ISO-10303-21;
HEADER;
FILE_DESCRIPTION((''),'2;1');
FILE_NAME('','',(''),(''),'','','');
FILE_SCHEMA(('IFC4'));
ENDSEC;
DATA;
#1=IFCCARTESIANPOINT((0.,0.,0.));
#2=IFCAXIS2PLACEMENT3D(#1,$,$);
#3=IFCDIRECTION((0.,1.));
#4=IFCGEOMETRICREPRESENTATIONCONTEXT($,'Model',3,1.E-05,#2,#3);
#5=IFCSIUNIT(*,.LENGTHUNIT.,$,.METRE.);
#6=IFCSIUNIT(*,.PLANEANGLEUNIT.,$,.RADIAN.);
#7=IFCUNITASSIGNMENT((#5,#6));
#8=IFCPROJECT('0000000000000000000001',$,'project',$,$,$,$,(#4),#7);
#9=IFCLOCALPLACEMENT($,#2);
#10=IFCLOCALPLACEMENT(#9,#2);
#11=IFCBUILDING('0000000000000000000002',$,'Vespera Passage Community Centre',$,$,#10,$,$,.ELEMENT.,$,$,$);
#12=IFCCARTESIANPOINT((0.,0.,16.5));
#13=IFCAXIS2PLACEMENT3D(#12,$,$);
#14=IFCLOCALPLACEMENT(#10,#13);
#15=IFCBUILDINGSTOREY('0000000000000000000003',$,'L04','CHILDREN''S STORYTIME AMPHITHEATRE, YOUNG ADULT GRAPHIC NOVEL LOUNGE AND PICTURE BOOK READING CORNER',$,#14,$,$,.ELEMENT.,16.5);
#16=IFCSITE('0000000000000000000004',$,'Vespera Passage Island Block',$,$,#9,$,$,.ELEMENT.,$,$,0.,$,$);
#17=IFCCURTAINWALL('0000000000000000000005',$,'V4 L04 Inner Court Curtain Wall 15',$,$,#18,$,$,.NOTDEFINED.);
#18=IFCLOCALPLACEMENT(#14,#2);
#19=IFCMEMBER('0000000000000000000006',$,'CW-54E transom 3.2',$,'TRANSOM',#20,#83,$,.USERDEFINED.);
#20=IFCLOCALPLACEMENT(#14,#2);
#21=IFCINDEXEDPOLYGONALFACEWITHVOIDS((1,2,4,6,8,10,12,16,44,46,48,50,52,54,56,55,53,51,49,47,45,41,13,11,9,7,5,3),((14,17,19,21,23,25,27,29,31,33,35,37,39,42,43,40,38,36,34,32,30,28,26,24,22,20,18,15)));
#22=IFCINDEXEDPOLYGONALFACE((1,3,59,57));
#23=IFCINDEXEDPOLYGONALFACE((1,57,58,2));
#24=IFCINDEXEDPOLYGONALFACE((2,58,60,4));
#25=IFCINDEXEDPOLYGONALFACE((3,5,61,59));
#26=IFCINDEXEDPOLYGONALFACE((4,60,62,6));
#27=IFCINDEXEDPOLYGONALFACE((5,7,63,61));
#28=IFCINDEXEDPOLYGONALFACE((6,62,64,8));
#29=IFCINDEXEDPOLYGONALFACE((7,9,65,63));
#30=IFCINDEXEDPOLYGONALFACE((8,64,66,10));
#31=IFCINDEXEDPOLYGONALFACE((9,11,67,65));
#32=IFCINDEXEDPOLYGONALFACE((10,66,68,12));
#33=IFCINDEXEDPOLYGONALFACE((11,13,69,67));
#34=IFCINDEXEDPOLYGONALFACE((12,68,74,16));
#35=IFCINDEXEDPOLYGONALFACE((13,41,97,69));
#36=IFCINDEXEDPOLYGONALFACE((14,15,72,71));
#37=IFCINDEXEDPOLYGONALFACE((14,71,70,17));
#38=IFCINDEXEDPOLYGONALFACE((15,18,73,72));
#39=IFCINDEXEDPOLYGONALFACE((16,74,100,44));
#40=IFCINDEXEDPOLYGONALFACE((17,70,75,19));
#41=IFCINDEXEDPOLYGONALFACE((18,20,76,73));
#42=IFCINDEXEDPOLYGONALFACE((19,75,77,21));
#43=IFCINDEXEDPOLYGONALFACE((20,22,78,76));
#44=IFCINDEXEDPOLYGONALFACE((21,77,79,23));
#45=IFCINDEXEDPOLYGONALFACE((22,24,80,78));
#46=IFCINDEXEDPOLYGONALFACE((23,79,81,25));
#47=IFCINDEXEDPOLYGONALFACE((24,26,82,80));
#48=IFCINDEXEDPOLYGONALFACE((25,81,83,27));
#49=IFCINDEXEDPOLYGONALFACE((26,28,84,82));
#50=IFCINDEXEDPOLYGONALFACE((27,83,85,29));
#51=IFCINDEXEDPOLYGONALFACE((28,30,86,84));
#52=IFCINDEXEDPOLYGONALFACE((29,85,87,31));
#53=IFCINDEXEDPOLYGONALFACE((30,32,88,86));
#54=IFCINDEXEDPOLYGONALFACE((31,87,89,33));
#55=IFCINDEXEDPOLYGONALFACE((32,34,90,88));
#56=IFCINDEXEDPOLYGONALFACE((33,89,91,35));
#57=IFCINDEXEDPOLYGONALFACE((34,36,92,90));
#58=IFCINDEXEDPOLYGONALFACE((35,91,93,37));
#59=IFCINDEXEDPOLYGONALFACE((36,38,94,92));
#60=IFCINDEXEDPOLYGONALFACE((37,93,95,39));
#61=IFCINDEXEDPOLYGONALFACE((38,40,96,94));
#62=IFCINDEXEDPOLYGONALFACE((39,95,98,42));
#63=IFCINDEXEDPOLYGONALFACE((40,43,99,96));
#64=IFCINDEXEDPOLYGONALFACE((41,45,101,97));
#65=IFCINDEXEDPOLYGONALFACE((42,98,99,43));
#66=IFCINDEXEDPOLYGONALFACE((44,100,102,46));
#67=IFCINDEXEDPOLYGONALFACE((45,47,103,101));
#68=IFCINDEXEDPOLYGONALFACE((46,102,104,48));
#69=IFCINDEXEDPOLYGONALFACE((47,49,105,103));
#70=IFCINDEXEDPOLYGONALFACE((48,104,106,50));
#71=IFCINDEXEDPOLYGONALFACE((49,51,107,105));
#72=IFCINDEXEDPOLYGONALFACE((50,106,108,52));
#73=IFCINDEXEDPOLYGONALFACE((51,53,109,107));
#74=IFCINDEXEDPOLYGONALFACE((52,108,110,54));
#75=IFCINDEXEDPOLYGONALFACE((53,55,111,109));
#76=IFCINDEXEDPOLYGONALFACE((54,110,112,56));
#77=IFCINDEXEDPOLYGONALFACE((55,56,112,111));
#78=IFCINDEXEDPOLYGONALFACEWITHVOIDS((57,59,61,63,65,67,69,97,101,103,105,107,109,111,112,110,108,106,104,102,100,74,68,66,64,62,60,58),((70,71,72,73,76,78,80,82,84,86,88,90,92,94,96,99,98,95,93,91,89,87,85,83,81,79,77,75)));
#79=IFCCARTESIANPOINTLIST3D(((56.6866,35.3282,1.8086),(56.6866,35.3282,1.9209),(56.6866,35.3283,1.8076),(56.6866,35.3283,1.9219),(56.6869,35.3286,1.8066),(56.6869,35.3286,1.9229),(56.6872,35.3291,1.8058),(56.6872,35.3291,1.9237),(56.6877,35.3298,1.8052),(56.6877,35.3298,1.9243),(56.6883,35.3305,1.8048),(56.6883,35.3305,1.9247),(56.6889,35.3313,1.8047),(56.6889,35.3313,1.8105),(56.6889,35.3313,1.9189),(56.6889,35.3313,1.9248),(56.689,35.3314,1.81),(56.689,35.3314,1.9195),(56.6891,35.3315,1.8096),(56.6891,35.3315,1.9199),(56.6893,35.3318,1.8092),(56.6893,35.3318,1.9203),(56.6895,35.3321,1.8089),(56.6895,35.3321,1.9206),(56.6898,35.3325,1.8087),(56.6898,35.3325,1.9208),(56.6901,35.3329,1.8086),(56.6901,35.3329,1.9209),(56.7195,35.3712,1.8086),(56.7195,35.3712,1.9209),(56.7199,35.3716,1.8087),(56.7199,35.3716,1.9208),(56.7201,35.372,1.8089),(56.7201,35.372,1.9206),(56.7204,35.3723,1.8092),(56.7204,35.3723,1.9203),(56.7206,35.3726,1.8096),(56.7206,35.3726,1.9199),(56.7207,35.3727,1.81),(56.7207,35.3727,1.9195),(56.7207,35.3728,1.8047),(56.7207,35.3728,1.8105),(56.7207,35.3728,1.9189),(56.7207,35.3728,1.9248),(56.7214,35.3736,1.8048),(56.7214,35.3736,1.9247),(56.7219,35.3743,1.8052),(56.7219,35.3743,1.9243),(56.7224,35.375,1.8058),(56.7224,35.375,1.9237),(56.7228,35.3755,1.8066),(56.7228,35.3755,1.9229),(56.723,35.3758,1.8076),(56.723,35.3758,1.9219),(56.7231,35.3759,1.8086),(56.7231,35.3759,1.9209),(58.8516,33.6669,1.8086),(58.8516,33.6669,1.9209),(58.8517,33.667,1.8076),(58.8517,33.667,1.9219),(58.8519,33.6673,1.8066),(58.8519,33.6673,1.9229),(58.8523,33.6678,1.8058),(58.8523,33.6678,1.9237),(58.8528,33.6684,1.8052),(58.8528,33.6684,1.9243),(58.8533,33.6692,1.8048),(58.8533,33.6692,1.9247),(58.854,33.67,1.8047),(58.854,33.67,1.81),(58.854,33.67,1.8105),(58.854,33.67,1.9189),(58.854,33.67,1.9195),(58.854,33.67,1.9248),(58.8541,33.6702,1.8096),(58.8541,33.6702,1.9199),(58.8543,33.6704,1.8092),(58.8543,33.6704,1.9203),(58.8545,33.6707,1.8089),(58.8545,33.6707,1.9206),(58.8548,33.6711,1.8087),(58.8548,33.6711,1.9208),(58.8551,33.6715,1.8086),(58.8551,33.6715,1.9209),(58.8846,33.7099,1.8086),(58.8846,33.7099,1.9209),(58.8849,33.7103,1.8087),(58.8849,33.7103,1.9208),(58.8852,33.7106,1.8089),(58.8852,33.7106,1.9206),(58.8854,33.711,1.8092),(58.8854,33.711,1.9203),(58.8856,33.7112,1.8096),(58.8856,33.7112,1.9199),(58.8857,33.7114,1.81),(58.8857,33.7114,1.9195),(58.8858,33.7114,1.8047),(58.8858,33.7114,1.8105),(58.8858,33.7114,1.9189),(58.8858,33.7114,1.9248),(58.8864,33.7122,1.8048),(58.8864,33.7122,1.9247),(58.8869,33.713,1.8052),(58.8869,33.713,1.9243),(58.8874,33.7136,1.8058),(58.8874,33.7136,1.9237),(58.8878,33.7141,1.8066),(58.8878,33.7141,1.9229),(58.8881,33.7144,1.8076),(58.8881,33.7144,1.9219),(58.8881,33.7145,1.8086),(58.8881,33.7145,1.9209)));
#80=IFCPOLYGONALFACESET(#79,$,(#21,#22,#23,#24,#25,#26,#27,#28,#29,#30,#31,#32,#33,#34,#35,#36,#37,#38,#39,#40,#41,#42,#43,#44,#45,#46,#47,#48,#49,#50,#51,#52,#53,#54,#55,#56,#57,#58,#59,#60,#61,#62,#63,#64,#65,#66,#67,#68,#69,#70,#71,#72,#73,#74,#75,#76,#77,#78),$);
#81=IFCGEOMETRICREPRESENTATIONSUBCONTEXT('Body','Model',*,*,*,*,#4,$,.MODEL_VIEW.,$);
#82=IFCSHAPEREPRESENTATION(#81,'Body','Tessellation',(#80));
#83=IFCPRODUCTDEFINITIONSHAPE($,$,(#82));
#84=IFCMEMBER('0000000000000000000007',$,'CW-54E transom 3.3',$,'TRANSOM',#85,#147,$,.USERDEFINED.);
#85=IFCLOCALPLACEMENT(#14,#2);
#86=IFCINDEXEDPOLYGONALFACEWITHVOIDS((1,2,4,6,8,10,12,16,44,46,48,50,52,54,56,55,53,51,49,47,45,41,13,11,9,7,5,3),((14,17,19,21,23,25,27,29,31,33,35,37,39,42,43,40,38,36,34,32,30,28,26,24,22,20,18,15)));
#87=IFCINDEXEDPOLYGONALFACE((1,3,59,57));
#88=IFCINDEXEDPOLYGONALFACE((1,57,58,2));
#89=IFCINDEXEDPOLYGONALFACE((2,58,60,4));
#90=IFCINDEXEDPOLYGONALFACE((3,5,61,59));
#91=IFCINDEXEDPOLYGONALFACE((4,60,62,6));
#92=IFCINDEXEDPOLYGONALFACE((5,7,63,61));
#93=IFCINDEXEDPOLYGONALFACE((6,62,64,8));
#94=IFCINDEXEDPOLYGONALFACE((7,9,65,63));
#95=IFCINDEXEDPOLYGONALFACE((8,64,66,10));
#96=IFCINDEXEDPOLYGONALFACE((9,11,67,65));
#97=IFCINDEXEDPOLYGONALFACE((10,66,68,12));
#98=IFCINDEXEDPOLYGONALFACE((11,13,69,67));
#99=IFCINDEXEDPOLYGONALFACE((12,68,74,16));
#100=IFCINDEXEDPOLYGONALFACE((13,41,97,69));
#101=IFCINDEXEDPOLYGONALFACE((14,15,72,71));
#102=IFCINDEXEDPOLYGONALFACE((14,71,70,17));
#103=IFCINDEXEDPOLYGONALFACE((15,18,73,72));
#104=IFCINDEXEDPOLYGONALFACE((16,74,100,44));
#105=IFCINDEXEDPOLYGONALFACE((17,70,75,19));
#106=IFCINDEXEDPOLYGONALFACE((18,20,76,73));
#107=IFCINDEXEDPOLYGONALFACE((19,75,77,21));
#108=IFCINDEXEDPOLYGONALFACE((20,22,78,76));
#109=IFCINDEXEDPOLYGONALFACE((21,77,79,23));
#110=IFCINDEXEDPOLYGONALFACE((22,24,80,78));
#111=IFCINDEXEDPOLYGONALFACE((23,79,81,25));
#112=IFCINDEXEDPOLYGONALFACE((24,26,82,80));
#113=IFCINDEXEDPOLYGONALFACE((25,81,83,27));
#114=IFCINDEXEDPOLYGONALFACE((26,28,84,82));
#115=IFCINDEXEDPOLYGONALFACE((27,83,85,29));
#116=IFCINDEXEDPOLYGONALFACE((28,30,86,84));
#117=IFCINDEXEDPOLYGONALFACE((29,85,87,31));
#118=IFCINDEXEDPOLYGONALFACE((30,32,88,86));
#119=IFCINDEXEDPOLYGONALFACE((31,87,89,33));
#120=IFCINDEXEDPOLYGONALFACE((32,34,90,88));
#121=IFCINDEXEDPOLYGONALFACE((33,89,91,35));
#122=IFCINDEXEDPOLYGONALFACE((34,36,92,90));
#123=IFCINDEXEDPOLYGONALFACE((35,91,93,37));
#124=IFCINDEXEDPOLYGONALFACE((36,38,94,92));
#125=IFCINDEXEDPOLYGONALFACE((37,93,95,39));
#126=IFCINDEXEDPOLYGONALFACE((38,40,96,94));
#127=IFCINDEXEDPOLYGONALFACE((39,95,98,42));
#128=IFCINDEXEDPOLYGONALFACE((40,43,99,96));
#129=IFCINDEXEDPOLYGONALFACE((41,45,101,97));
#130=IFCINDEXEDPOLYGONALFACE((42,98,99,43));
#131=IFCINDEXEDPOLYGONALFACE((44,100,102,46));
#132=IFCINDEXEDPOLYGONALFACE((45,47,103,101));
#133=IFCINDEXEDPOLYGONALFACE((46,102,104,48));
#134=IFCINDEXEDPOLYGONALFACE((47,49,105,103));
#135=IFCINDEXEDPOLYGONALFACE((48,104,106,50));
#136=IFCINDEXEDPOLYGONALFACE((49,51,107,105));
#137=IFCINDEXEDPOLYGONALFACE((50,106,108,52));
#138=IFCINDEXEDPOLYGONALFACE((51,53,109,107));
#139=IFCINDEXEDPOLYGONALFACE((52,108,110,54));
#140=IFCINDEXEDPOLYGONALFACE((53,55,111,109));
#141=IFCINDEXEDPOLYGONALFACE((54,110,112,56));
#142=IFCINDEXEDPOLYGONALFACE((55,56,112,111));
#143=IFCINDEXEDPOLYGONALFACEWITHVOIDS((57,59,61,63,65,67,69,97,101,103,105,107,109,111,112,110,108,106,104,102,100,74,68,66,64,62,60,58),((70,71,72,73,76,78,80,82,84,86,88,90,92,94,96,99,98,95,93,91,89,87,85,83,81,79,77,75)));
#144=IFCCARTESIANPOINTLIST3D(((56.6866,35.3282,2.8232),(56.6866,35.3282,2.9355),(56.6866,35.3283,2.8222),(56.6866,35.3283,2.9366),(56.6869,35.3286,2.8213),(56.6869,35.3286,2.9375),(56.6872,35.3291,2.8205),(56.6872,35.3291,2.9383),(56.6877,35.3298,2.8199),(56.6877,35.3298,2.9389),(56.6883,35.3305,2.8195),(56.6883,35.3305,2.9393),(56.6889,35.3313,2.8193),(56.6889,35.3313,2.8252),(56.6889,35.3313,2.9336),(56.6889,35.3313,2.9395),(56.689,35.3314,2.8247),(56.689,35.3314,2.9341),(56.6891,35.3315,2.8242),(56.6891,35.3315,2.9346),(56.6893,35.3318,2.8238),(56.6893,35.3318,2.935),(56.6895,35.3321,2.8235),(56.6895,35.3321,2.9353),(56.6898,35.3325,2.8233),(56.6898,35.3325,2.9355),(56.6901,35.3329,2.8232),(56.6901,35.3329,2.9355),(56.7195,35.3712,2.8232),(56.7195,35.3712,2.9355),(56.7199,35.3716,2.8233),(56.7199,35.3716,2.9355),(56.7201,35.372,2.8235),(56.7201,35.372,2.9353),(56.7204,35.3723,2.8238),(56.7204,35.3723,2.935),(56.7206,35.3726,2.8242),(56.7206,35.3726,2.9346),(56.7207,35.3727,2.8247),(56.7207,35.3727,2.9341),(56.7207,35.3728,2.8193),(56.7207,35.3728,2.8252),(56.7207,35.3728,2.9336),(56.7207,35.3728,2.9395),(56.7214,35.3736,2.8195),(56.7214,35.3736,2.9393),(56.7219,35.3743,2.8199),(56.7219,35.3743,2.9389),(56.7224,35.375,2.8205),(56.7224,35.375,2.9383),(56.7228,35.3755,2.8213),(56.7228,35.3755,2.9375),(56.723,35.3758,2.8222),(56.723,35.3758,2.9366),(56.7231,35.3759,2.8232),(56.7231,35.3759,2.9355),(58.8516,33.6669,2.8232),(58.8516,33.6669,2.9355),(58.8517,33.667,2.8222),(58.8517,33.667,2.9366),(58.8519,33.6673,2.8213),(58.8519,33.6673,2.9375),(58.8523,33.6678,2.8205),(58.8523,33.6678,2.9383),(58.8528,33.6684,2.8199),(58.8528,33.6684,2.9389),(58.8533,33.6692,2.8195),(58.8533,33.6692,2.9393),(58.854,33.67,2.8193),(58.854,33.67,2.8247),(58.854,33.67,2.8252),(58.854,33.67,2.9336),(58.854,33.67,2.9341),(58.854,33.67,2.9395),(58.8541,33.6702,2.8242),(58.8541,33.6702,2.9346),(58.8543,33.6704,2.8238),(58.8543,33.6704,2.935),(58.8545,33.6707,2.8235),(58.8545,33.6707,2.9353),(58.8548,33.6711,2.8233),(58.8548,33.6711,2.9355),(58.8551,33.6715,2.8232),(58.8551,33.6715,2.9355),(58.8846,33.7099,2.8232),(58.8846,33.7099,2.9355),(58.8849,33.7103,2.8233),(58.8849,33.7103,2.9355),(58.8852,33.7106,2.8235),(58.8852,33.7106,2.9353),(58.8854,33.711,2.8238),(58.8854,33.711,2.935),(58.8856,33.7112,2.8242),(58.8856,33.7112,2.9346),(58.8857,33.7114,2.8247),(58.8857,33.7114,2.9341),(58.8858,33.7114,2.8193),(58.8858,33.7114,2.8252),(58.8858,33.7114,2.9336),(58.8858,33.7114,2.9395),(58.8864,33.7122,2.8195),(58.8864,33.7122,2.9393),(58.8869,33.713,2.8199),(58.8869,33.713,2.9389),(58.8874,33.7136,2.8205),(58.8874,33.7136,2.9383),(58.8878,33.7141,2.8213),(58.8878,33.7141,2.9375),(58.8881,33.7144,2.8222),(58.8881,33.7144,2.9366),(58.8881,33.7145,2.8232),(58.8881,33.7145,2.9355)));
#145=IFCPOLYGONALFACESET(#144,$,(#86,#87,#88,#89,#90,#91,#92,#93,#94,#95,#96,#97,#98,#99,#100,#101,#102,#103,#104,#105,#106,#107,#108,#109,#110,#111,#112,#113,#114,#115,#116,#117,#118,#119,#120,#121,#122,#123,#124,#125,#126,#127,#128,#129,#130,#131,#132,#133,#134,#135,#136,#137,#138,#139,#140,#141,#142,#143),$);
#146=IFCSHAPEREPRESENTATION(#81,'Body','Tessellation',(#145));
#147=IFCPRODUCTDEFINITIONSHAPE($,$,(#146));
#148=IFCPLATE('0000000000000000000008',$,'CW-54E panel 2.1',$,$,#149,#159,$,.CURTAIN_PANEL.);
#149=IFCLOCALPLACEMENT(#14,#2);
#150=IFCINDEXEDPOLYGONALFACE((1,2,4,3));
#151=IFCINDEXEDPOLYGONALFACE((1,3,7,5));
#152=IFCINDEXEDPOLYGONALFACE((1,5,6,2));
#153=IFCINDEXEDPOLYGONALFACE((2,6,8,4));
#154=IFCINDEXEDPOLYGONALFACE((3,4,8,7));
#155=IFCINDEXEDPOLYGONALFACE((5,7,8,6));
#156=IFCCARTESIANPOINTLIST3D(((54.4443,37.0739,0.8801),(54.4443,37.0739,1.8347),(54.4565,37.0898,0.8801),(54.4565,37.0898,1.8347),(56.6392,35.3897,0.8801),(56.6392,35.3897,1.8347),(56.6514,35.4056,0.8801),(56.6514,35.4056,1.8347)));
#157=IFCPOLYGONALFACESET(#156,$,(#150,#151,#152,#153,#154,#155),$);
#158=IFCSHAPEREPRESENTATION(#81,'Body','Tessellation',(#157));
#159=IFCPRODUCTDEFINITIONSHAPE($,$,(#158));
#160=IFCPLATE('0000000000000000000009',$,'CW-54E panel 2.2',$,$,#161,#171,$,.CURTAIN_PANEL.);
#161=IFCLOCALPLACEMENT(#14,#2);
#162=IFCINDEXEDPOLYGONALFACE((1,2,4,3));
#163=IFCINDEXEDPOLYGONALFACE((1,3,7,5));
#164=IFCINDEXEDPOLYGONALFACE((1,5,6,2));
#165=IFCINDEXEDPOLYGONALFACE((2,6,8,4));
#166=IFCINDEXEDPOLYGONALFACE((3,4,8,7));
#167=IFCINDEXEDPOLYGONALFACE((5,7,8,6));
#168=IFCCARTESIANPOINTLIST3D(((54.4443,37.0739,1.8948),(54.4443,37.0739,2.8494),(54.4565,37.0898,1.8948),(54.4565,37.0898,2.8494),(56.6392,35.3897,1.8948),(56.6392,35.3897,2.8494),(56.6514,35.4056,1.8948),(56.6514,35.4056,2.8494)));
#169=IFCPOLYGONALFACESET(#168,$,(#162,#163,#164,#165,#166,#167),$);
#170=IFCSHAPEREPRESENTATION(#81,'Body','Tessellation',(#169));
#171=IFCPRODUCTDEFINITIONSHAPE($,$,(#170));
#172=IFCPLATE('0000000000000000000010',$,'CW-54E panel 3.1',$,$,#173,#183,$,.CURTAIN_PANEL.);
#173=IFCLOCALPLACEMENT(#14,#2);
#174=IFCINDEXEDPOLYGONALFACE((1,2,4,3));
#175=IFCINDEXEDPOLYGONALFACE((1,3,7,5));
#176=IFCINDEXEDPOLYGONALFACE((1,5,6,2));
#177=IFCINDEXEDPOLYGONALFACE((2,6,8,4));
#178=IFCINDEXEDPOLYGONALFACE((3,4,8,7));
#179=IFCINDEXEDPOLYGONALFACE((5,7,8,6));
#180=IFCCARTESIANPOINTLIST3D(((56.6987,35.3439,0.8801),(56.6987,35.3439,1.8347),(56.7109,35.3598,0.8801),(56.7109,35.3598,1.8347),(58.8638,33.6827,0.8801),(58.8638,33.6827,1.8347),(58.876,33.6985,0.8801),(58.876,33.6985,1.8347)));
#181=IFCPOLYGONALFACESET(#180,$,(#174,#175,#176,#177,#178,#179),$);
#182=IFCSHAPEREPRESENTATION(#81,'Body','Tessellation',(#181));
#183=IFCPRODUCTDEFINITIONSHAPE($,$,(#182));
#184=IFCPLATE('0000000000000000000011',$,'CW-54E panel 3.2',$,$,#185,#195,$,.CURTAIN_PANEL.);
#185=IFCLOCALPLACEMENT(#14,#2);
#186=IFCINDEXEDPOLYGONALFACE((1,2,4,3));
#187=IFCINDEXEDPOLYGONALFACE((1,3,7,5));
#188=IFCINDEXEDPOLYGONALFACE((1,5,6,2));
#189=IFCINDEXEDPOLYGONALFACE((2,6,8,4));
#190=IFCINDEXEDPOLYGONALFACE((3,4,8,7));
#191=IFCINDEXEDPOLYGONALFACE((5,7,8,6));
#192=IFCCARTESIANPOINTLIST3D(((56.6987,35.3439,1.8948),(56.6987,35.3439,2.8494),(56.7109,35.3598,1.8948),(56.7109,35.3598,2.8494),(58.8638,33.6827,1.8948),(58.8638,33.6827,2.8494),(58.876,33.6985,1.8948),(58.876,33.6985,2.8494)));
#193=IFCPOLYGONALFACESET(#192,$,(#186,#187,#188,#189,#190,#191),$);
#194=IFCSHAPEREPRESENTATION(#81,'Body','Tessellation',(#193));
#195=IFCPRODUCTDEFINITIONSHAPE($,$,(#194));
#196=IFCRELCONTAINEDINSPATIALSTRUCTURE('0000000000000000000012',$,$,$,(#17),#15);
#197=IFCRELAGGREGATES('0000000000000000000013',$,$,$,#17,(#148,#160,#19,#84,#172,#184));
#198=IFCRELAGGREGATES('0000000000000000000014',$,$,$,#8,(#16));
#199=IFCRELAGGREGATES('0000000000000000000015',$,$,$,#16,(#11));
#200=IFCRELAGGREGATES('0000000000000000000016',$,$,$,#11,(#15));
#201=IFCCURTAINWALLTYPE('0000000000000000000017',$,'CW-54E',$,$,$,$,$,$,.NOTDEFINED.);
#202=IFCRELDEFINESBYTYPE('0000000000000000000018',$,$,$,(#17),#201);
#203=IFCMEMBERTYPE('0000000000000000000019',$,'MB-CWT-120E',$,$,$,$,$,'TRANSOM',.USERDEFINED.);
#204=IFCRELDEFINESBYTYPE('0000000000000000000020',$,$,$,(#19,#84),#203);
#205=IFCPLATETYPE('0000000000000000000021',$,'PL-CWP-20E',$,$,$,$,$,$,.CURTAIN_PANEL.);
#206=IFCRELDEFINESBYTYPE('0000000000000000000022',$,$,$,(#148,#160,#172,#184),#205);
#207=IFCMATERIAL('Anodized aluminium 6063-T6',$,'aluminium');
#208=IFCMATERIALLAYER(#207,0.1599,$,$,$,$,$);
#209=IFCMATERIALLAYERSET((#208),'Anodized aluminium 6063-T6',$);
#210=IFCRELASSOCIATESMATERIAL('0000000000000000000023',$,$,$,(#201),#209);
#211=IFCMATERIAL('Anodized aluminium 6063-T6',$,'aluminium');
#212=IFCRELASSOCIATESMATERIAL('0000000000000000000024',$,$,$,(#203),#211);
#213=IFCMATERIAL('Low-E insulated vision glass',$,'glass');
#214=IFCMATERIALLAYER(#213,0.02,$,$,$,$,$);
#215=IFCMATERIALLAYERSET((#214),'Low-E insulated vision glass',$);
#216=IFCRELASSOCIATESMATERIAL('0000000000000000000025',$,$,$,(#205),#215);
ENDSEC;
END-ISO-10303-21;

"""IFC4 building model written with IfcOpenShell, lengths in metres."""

from ifc_helpers import new_model, si_unit, direction, frame, origin, origin_2d, place, context, subcontext, project, spatial, rectangle, hollow_rectangle, extrude, material, layer, layer_set, material_profile, profile_set, type_object, element, aggregate, save


model = new_model("IFC4")

# Units and contexts
model_context = context("Model", 3, precision=1e-05, world=origin(), true_north=direction((0.0, 1.0)))
body_context = subcontext(model_context, "Body", "Model", "MODEL_VIEW")
ifc_project = project(units=[si_unit("LENGTHUNIT", "METRE"), si_unit("PLANEANGLEUNIT", "RADIAN")], contexts=[model_context])

# Site, building, storey
site_placement = place(None, origin())
site = spatial("IfcSite", under=ifc_project, at=site_placement, Name="Vespera Passage Island Block", CompositionType="ELEMENT", RefElevation=0.0)
building_placement = place(site_placement, origin())
building = spatial("IfcBuilding", under=site, at=building_placement, Name="Vespera Passage Community Centre", CompositionType="ELEMENT")
storey_placement = place(building_placement, frame((0.0, 0.0, 16.5)))
storey = spatial("IfcBuildingStorey", under=building, at=storey_placement, Name="L04", Description="CHILDREN'S STORYTIME AMPHITHEATRE, YOUNG ADULT GRAPHIC NOVEL LOUNGE AND PICTURE BOOK READING CORNER", CompositionType="ELEMENT", Elevation=16.5)

# Curtain wall
ifc_material_1 = material(Name="Anodized aluminium 6063-T6", Category="aluminium")
ifc_layer_1 = layer(ifc_material_1, 0.1599)
ifc_layer_set_1 = layer_set([ifc_layer_1], Name="Anodized aluminium 6063-T6")
curtain_wall_type_1 = type_object("IfcCurtainWallType", Name="CW-54E", PredefinedType="NOTDEFINED", material=ifc_layer_set_1)
curtain_wall_1_placement = place(storey_placement, origin())
curtain_wall_1 = element("IfcCurtainWall", 1, at=curtain_wall_1_placement, inside=storey, type_object=curtain_wall_type_1, Name="V4 L04 Inner Court Curtain Wall 15", PredefinedType="NOTDEFINED")

# Members
ifc_material_2 = material(Name="Anodized aluminium 6063-T6", Category="aluminium")
ifc_material_profile_1 = material_profile(ifc_material_2, hollow_rectangle(XDim=0.0601, YDim=0.1201, WallThickness=0.0039, InnerFilletRadius=0.002, OuterFilletRadius=0.0039, at=origin_2d()), Name="ALU120X60X4")
ifc_profile_set_1 = profile_set([ifc_material_profile_1], Name="Anodized aluminium 6063-T6")
member_type_1 = type_object("IfcMemberType", Name="MB-CWT-120E", ElementType="TRANSOM", PredefinedType="USERDEFINED", material=ifc_profile_set_1)
member_1_placement = place(storey_placement, frame((56.7048, 35.3521, 1.8647), z_axis=(0.793338, -0.608781, 0.0), x_axis=(0.608781, 0.793338, 0.0)))
member_1 = element("IfcMember", 2, at=member_1_placement, type_object=member_type_1, Name="CW-54E transom 3.2", ObjectType="TRANSOM", PredefinedType="USERDEFINED", context=body_context, shape_type="SweptSolid", body=[
    extrude(hollow_rectangle(XDim=0.0601, YDim=0.1201, WallThickness=0.0039, InnerFilletRadius=0.002, OuterFilletRadius=0.0039, at=origin_2d()), origin(), (0.0, 0.0, 1.0), 2.729),
])
member_2_placement = place(storey_placement, frame((56.7048, 35.3521, 2.8794), z_axis=(0.793338, -0.608781, 0.0), x_axis=(0.608781, 0.793338, 0.0)))
member_2 = element("IfcMember", 3, at=member_2_placement, type_object=member_type_1, Name="CW-54E transom 3.3", ObjectType="TRANSOM", PredefinedType="USERDEFINED", context=body_context, shape_type="SweptSolid", body=[
    extrude(hollow_rectangle(XDim=0.0601, YDim=0.1201, WallThickness=0.0039, InnerFilletRadius=0.002, OuterFilletRadius=0.0039, at=origin_2d()), origin(), (0.0, 0.0, 1.0), 2.729),
])

# Plates
ifc_material_3 = material(Name="Low-E insulated vision glass", Category="glass")
ifc_layer_2 = layer(ifc_material_3, 0.02)
ifc_layer_set_2 = layer_set([ifc_layer_2], Name="Low-E insulated vision glass")
plate_type_1 = type_object("IfcPlateType", Name="PL-CWP-20E", PredefinedType="CURTAIN_PANEL", material=ifc_layer_set_2)
plate_1_placement = place(storey_placement, frame((55.5479, 36.2397, 0.8801), z_axis=(0.0, 0.0, 1.0), x_axis=(0.793358, -0.608755, 0.0)))
plate_1 = element("IfcPlate", 4, at=plate_1_placement, type_object=plate_type_1, Name="CW-54E panel 2.1", PredefinedType="CURTAIN_PANEL", context=body_context, shape_type="SweptSolid", body=[
    extrude(rectangle(XDim=2.7666, YDim=0.02, at=origin_2d()), origin(), (0.0, 0.0, 1.0), 0.9546),
])
plate_2_placement = place(storey_placement, frame((55.5479, 36.2397, 1.8948), z_axis=(0.0, 0.0, 1.0), x_axis=(0.793358, -0.608755, 0.0)))
plate_2 = element("IfcPlate", 5, at=plate_2_placement, type_object=plate_type_1, Name="CW-54E panel 2.2", PredefinedType="CURTAIN_PANEL", context=body_context, shape_type="SweptSolid", body=[
    extrude(rectangle(XDim=2.7666, YDim=0.02, at=origin_2d()), origin(), (0.0, 0.0, 1.0), 0.9546),
])
plate_3_placement = place(storey_placement, frame((57.7874, 34.5212, 0.8801), z_axis=(0.0, 0.0, 1.0), x_axis=(0.793358, -0.608755, 0.0)))
plate_3 = element("IfcPlate", 6, at=plate_3_placement, type_object=plate_type_1, Name="CW-54E panel 3.1", PredefinedType="CURTAIN_PANEL", context=body_context, shape_type="SweptSolid", body=[
    extrude(rectangle(XDim=2.729, YDim=0.02, at=origin_2d()), origin(), (0.0, 0.0, 1.0), 0.9546),
])
plate_4_placement = place(storey_placement, frame((57.7874, 34.5212, 1.8948), z_axis=(0.0, 0.0, 1.0), x_axis=(0.793358, -0.608755, 0.0)))
plate_4 = element("IfcPlate", 7, at=plate_4_placement, type_object=plate_type_1, Name="CW-54E panel 3.2", PredefinedType="CURTAIN_PANEL", context=body_context, shape_type="SweptSolid", body=[
    extrude(rectangle(XDim=2.729, YDim=0.02, at=origin_2d()), origin(), (0.0, 0.0, 1.0), 0.9546),
])
aggregate(curtain_wall_1, [plate_1, plate_2, member_1, member_2, plate_3, plate_4])

save(model, "model.ifc")
